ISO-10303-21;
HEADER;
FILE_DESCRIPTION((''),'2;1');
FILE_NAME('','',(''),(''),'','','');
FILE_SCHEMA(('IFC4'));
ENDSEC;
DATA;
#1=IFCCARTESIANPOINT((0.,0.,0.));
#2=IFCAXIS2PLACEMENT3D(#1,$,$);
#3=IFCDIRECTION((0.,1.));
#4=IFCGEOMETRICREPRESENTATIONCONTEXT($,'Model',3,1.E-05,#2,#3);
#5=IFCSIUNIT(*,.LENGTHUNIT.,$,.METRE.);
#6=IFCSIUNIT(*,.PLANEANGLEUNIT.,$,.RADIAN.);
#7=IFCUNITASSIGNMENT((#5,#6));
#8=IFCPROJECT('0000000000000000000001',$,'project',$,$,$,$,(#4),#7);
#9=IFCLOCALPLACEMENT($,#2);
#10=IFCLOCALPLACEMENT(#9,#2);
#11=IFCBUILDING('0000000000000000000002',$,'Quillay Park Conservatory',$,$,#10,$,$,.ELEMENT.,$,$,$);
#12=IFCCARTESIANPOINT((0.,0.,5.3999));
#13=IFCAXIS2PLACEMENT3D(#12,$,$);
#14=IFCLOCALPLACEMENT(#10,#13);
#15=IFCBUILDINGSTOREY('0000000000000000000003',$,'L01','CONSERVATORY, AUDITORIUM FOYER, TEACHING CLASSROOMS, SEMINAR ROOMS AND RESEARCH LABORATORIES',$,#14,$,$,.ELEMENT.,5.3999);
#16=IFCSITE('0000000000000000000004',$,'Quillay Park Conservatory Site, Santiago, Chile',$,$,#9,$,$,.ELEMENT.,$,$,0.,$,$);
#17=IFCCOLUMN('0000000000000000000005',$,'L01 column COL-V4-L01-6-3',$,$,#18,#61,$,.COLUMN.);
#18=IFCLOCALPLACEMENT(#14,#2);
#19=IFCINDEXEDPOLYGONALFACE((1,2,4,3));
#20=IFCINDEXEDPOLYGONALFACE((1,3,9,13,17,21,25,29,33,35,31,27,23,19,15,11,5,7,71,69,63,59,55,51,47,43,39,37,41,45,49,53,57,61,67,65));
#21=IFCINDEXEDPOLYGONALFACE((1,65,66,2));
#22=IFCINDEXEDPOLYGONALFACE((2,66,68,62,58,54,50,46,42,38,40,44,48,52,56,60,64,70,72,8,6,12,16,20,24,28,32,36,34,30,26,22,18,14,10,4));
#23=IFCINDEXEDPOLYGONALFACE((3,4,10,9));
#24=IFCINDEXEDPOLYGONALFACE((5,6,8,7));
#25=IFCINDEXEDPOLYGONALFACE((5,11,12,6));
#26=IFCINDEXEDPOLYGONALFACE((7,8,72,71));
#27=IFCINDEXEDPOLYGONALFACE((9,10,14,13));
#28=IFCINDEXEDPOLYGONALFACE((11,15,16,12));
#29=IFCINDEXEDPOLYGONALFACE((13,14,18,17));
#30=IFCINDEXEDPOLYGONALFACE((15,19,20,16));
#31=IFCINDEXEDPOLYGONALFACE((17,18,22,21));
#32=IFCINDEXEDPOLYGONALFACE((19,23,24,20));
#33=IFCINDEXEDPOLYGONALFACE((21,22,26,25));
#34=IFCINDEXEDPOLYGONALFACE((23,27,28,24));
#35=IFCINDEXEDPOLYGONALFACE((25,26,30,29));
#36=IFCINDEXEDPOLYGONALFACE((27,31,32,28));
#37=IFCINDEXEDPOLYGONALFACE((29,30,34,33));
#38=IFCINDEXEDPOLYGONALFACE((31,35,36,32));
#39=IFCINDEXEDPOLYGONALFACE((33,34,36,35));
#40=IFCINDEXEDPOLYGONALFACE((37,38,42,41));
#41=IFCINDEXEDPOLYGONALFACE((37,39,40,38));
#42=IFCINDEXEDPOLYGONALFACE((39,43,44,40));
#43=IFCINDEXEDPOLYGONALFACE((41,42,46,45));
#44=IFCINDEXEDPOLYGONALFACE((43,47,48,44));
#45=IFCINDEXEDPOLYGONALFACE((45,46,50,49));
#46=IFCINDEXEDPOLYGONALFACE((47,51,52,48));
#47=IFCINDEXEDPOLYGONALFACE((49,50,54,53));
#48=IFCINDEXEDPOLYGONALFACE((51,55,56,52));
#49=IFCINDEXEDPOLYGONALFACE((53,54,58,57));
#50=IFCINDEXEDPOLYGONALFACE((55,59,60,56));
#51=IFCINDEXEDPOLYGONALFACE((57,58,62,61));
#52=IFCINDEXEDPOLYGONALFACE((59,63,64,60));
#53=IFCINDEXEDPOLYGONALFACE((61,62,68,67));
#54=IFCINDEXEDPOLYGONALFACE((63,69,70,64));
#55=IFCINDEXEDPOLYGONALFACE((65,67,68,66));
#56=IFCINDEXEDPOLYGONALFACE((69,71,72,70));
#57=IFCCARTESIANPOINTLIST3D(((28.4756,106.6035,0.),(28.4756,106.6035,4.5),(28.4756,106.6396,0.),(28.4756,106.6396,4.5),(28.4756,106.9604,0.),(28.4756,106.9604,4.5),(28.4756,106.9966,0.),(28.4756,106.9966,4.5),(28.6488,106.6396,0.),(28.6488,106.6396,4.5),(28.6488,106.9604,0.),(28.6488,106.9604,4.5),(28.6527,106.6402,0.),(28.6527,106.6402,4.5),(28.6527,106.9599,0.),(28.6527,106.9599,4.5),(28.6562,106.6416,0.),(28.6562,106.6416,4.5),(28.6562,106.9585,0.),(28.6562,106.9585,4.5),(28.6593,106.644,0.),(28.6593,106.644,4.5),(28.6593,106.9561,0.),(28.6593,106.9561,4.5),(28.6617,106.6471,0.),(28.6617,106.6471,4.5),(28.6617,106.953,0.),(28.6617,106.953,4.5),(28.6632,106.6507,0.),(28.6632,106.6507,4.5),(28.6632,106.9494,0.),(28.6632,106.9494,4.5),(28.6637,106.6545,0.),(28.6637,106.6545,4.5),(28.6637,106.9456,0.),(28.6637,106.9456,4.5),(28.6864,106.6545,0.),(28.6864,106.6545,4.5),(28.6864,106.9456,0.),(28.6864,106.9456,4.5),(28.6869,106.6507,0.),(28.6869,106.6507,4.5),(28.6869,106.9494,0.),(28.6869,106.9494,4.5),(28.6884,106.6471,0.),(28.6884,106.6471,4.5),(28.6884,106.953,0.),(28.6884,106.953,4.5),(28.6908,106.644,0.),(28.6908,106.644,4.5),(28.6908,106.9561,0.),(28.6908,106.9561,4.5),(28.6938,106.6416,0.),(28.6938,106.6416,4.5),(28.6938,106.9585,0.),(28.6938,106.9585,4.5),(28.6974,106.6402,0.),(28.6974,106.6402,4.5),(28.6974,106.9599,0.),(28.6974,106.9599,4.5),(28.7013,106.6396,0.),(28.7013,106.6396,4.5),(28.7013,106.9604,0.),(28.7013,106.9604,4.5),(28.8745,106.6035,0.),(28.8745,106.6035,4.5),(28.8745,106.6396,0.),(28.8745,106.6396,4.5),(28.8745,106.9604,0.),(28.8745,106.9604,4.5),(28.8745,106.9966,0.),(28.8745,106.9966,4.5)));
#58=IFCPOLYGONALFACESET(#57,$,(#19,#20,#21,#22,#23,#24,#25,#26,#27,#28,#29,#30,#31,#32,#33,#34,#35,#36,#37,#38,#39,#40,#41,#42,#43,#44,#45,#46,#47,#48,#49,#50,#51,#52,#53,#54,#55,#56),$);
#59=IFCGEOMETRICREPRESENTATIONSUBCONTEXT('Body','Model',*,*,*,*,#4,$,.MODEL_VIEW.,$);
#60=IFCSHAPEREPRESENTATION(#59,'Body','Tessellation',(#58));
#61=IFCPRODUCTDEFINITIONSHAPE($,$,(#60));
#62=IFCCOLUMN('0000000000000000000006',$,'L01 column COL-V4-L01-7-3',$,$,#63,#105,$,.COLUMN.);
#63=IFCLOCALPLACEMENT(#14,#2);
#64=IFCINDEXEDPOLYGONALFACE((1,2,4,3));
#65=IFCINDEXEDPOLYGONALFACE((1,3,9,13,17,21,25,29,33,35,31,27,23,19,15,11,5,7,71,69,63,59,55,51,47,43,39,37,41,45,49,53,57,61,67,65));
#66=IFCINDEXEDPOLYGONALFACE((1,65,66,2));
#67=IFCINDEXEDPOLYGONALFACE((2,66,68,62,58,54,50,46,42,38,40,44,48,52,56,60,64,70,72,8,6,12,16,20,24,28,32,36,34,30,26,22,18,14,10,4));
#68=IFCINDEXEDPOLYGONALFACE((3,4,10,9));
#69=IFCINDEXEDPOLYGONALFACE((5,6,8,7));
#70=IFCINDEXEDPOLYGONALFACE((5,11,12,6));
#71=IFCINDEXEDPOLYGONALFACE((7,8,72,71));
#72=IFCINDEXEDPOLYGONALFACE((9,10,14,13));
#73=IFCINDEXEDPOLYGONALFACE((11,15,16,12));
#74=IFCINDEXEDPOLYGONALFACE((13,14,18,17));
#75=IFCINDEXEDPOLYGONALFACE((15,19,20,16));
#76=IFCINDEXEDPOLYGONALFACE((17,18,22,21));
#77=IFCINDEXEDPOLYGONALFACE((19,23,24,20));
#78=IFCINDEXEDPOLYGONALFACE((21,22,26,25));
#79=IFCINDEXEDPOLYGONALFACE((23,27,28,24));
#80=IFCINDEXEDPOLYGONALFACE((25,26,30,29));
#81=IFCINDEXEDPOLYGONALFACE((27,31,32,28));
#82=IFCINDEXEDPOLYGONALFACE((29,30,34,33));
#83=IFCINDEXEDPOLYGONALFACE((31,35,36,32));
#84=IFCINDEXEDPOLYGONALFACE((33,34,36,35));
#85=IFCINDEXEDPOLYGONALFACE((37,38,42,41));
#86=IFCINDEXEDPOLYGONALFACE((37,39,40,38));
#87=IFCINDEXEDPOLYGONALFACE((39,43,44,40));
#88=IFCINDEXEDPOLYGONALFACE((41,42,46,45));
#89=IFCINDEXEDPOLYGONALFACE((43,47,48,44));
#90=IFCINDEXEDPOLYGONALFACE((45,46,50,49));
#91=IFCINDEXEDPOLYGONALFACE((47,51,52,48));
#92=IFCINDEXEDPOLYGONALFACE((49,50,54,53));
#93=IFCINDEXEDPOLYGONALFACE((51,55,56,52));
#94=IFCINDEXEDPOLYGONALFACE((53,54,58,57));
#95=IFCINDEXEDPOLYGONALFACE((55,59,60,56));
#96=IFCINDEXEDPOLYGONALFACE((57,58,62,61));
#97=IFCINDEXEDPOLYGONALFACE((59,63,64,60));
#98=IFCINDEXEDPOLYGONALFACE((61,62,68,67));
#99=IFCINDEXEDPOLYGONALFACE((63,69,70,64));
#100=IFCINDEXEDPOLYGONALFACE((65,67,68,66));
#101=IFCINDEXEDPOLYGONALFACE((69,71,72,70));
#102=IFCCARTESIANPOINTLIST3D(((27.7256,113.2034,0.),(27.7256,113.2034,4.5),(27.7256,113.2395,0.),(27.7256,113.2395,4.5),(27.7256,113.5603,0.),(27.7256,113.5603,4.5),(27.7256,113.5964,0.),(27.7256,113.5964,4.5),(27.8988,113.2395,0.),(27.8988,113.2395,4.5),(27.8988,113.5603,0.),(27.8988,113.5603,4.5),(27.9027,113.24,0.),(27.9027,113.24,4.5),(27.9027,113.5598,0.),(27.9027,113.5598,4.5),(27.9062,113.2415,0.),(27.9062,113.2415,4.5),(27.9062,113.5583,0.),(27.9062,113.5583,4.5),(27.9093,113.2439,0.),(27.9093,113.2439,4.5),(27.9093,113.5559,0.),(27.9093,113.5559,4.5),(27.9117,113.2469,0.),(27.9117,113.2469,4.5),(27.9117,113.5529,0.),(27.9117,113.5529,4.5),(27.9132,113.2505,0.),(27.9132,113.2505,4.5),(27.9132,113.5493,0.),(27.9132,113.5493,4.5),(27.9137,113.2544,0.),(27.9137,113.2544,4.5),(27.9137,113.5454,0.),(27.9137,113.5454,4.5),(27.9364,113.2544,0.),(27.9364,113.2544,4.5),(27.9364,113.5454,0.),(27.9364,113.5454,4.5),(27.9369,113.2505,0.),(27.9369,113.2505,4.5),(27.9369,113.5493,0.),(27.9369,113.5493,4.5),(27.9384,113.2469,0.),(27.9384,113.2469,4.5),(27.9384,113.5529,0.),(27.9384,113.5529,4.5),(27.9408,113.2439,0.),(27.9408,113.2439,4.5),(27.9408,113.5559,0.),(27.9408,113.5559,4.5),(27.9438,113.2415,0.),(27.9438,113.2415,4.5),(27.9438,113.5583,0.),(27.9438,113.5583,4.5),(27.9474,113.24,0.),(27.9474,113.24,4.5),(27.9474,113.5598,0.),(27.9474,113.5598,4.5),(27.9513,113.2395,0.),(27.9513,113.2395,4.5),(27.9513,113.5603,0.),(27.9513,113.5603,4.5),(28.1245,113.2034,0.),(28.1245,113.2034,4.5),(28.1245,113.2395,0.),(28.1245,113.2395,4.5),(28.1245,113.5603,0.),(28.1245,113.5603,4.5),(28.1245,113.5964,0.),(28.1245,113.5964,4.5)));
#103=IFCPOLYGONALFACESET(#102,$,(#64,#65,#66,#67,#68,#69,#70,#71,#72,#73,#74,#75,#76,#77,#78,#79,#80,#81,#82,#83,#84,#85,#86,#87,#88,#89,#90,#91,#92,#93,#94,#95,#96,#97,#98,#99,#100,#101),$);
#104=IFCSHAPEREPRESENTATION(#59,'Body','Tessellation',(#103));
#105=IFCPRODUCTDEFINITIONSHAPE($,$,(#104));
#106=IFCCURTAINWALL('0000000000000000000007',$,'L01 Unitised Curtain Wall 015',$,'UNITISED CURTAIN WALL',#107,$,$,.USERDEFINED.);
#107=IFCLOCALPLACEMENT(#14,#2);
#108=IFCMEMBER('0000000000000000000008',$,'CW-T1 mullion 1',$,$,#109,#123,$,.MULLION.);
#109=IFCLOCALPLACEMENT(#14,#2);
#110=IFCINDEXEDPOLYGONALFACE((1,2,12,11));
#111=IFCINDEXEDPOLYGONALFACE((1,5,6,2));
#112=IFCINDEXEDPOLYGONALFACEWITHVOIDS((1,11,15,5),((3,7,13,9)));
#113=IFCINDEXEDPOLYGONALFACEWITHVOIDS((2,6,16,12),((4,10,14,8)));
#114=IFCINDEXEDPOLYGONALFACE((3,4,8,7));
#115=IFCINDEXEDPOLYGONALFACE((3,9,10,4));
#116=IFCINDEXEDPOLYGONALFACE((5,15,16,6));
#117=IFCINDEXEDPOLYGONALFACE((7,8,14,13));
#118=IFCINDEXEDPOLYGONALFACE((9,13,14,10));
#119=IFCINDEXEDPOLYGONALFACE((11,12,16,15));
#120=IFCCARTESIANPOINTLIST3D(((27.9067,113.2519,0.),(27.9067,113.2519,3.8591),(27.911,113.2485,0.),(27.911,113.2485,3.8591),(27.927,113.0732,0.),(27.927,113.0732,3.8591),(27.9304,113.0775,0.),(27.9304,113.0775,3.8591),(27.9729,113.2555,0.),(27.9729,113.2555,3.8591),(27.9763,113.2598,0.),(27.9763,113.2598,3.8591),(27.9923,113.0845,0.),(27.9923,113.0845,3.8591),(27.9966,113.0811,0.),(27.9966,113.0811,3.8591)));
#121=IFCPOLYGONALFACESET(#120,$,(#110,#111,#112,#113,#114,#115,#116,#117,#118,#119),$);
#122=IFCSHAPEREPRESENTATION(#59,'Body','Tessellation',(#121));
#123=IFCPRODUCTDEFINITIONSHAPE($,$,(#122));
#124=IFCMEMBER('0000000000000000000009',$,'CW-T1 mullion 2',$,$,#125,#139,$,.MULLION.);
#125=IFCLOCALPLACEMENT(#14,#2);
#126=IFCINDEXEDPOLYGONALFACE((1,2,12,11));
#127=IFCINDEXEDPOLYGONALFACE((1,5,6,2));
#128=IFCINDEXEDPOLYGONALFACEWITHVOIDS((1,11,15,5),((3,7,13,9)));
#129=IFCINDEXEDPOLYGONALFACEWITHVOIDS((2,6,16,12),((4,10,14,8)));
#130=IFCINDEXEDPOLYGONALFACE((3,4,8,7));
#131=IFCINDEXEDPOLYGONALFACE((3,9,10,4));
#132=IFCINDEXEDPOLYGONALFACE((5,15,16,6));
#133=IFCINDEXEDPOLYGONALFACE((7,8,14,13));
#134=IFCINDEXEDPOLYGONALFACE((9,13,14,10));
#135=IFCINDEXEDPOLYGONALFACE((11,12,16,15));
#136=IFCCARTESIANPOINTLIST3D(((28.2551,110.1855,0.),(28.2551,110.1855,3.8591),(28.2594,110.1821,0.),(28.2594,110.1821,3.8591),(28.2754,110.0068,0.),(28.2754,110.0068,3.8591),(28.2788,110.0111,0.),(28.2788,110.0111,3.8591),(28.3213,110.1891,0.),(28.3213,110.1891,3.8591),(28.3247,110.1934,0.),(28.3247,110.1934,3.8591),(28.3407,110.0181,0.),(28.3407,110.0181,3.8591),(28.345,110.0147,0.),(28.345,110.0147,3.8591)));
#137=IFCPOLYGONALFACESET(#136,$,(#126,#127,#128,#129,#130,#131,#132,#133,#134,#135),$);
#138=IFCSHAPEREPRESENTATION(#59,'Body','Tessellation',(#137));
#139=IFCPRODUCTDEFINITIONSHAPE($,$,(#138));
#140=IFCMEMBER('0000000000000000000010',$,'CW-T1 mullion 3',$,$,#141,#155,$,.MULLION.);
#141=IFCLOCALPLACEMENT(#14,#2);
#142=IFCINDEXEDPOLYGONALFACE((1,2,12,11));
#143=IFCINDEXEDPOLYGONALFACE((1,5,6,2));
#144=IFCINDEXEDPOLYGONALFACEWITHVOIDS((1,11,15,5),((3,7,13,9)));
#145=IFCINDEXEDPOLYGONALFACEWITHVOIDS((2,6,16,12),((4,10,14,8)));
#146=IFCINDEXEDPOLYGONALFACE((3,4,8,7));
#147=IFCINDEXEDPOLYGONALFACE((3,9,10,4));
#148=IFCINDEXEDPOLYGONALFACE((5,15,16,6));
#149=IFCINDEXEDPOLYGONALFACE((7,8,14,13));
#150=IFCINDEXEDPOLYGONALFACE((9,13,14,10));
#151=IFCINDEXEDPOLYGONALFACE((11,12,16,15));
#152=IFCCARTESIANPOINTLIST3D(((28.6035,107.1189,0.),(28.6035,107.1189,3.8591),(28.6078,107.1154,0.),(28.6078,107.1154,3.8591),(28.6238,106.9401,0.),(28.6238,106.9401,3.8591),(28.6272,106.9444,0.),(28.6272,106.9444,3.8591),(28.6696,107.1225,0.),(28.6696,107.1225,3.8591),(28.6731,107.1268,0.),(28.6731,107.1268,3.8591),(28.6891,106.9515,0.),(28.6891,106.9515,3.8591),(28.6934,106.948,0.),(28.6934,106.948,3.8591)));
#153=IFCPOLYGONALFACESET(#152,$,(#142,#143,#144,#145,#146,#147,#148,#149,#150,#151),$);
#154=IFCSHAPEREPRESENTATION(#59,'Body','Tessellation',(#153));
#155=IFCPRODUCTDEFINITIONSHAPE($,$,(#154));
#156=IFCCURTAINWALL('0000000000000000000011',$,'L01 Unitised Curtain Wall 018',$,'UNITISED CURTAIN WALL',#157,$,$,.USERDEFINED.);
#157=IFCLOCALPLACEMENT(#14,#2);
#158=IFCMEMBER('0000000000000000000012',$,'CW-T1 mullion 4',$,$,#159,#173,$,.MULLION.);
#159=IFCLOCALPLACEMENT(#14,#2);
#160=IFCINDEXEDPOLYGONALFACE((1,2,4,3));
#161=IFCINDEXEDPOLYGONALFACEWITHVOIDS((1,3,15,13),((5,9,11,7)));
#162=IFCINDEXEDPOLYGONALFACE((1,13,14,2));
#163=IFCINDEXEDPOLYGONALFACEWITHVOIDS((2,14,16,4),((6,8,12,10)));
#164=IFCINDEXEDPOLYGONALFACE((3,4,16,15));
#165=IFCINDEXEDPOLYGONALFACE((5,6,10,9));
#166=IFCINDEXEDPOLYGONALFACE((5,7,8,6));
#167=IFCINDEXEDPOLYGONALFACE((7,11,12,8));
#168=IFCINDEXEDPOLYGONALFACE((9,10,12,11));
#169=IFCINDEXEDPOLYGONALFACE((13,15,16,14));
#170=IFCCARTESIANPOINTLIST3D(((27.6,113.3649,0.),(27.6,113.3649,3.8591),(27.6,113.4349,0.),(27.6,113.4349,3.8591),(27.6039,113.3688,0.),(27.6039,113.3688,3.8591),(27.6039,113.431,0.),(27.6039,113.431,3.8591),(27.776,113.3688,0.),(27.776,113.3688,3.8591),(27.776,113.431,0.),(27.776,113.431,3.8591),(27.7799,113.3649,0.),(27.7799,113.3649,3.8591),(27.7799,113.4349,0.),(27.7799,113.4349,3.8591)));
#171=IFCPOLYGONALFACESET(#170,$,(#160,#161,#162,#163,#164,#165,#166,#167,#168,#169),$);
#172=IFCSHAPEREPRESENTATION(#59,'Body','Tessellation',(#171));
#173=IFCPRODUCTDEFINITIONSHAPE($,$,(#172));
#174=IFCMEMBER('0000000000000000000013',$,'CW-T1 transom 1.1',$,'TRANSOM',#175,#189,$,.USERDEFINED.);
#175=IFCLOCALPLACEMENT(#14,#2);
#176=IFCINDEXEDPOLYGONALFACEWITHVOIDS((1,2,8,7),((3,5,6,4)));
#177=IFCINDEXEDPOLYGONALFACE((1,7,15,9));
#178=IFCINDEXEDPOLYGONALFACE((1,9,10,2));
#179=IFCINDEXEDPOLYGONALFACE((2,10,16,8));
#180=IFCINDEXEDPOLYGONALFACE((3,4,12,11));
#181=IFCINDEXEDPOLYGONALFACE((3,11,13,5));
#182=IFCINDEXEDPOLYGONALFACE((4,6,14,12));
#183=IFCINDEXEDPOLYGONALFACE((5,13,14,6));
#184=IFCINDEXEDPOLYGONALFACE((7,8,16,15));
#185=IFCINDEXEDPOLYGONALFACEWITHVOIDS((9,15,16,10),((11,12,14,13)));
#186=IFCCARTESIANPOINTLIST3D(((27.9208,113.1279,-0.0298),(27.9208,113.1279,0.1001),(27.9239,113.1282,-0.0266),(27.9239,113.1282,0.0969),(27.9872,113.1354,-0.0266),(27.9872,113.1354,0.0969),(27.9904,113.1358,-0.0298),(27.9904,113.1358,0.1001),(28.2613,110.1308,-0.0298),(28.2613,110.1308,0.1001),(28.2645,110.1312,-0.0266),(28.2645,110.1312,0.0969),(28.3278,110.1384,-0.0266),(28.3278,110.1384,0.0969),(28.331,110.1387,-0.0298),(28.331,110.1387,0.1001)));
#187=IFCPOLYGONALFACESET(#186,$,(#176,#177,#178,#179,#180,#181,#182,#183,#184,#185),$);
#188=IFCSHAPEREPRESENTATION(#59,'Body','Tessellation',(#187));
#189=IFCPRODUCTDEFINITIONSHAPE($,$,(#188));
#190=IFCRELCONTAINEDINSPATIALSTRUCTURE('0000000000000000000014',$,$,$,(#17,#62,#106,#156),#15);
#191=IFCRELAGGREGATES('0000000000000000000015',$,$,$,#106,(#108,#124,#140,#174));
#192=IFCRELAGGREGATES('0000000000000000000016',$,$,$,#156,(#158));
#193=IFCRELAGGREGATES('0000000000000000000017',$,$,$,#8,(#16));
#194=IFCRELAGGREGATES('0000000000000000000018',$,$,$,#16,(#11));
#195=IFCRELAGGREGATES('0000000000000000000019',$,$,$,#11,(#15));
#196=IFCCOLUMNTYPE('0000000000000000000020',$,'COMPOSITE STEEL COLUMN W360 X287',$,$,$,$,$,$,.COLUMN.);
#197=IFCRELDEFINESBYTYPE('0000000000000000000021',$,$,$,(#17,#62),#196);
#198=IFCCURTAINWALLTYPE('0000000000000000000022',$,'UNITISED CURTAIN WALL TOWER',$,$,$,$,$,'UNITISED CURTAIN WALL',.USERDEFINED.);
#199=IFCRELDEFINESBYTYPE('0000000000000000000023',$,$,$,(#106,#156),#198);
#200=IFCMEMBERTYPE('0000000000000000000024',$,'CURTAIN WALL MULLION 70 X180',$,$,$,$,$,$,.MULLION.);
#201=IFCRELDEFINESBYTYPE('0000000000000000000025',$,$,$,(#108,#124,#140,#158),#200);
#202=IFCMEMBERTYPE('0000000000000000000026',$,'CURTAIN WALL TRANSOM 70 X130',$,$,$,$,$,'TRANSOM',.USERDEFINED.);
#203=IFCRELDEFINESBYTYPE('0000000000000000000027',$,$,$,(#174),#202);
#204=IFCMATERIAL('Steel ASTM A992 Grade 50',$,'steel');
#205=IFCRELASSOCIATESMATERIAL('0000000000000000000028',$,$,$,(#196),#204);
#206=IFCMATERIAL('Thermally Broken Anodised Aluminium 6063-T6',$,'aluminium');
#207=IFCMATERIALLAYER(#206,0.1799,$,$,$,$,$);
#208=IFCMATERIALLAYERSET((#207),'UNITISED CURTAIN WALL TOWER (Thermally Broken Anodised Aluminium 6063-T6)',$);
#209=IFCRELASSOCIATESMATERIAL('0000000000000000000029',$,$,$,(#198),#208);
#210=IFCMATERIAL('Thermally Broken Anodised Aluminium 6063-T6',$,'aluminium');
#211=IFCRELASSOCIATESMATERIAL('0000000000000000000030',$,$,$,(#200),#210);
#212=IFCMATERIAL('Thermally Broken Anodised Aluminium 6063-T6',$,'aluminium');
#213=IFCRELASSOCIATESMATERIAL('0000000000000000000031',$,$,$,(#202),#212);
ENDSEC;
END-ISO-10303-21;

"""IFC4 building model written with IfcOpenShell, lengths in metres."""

from ifc_helpers import new_model, si_unit, direction, frame, origin, origin_2d, place, context, subcontext, project, spatial, hollow_rectangle, i_section, extrude, material, layer, layer_set, material_profile, profile_set, type_object, element, aggregate, save


model = new_model("IFC4")

# Units and contexts
model_context = context("Model", 3, precision=1e-05, world=origin(), true_north=direction((0.0, 1.0)))
body_context = subcontext(model_context, "Body", "Model", "MODEL_VIEW")
ifc_project = project(units=[si_unit("LENGTHUNIT", "METRE"), si_unit("PLANEANGLEUNIT", "RADIAN")], contexts=[model_context])

# Site, building, storey
site_placement = place(None, origin())
site = spatial("IfcSite", under=ifc_project, at=site_placement, Name="Quillay Park Conservatory Site, Santiago, Chile", CompositionType="ELEMENT", RefElevation=0.0)
building_placement = place(site_placement, origin())
building = spatial("IfcBuilding", under=site, at=building_placement, Name="Quillay Park Conservatory", CompositionType="ELEMENT")
storey_placement = place(building_placement, frame((0.0, 0.0, 5.3999)))
storey = spatial("IfcBuildingStorey", under=building, at=storey_placement, Name="L01", Description="CONSERVATORY, AUDITORIUM FOYER, TEACHING CLASSROOMS, SEMINAR ROOMS AND RESEARCH LABORATORIES", CompositionType="ELEMENT", Elevation=5.3999)

# Columns
ifc_material_1 = material(Name="Steel ASTM A992 Grade 50", Category="steel")
ifc_material_profile_1 = material_profile(ifc_material_1, i_section(OverallWidth=0.3989, OverallDepth=0.3931, WebThickness=0.0227, FlangeThickness=0.0361, FilletRadius=0.0149, at=origin_2d()), Name="W360x287")
ifc_profile_set_1 = profile_set([ifc_material_profile_1], Name="Steel ASTM A992 Grade 50")
column_type = type_object("IfcColumnType", Name="COMPOSITE STEEL COLUMN W360 X287", PredefinedType="COLUMN", material=ifc_profile_set_1)
for number, where, z_axis, x_axis, name in (
    (1, (28.675, 106.8, 0.0), (0.0, 0.0, 1.0), (1.0, 0.0, 0.0), "L01 column COL-V4-L01-6-3"),
    (2, (27.925, 113.3999, 0.0), (0.0, 0.0, 1.0), (1.0, 0.0, 0.0), "L01 column COL-V4-L01-7-3"),
):
    element("IfcColumn", number, at=place(storey_placement, frame(where, z_axis=z_axis, x_axis=x_axis)), inside=storey, type_object=column_type, Name=name, PredefinedType="COLUMN", context=body_context, shape_type="SweptSolid", body=[
        extrude(i_section(OverallWidth=0.3989, OverallDepth=0.3931, WebThickness=0.0227, FlangeThickness=0.0361, FilletRadius=0.0149, at=origin_2d()), origin(), (0.0, 0.0, 1.0), 4.5),
    ])

# Curtain wall, members
ifc_material_2 = material(Name="Thermally Broken Anodised Aluminium 6063-T6", Category="aluminium")
ifc_layer_1 = layer(ifc_material_2, 0.1799)
ifc_layer_set_1 = layer_set([ifc_layer_1], Name="UNITISED CURTAIN WALL TOWER (Thermally Broken Anodised Aluminium 6063-T6)")
curtain_wall_type = type_object("IfcCurtainWallType", Name="UNITISED CURTAIN WALL TOWER", ElementType="UNITISED CURTAIN WALL", PredefinedType="USERDEFINED", material=ifc_layer_set_1)
curtain_wall_1_placement = place(storey_placement, origin())
curtain_wall_1 = element("IfcCurtainWall", 3, at=curtain_wall_1_placement, inside=storey, type_object=curtain_wall_type, Name="L01 Unitised Curtain Wall 015", ObjectType="UNITISED CURTAIN WALL", PredefinedType="USERDEFINED")
ifc_material_3 = material(Name="Thermally Broken Anodised Aluminium 6063-T6", Category="aluminium")
ifc_material_profile_2 = material_profile(ifc_material_3, hollow_rectangle(XDim=0.0701, YDim=0.1799, WallThickness=0.0039, at=origin_2d()), Name="AL70x180x4")
ifc_profile_set_2 = profile_set([ifc_material_profile_2], Name="Thermally Broken Anodised Aluminium 6063-T6")
member_type_1 = type_object("IfcMemberType", Name="CURTAIN WALL MULLION 70 X180", PredefinedType="MULLION", material=ifc_profile_set_2)
member_1_placement = place(storey_placement, frame((27.9517, 113.1665, 0.0), z_axis=(0.0, 0.0, 1.0), x_axis=(0.993606, 0.112903, 0.0)))
member_1 = element("IfcMember", 4, at=member_1_placement, type_object=member_type_1, Name="CW-T1 mullion 1", PredefinedType="MULLION", context=body_context, shape_type="SweptSolid", body=[
    extrude(hollow_rectangle(XDim=0.0701, YDim=0.1799, WallThickness=0.0039, at=origin_2d()), origin(), (0.0, 0.0, 1.0), 3.8591),
])
member_2_placement = place(storey_placement, frame((28.3, 110.1001, 0.0), z_axis=(0.0, 0.0, 1.0), x_axis=(0.993606, 0.112903, 0.0)))
member_2 = element("IfcMember", 5, at=member_2_placement, type_object=member_type_1, Name="CW-T1 mullion 2", PredefinedType="MULLION", context=body_context, shape_type="SweptSolid", body=[
    extrude(hollow_rectangle(XDim=0.0701, YDim=0.1799, WallThickness=0.0039, at=origin_2d()), origin(), (0.0, 0.0, 1.0), 3.8591),
])
member_3_placement = place(storey_placement, frame((28.6484, 107.0334, 0.0), z_axis=(0.0, 0.0, 1.0), x_axis=(0.993606, 0.112903, 0.0)))
member_3 = element("IfcMember", 6, at=member_3_placement, type_object=member_type_1, Name="CW-T1 mullion 3", PredefinedType="MULLION", context=body_context, shape_type="SweptSolid", body=[
    extrude(hollow_rectangle(XDim=0.0701, YDim=0.1799, WallThickness=0.0039, at=origin_2d()), origin(), (0.0, 0.0, 1.0), 3.8591),
])

# Curtain wall, member
curtain_wall_2_placement = place(storey_placement, origin())
curtain_wall_2 = element("IfcCurtainWall", 7, at=curtain_wall_2_placement, inside=storey, type_object=curtain_wall_type, Name="L01 Unitised Curtain Wall 018", ObjectType="UNITISED CURTAIN WALL", PredefinedType="USERDEFINED")
member_4_placement = place(storey_placement, frame((27.6899, 113.3999, 0.0), z_axis=(0.0, 0.0, 1.0), x_axis=(0.0, 1.0, 0.0)))
member_4 = element("IfcMember", 8, at=member_4_placement, type_object=member_type_1, Name="CW-T1 mullion 4", PredefinedType="MULLION", context=body_context, shape_type="SweptSolid", body=[
    extrude(hollow_rectangle(XDim=0.0701, YDim=0.1799, WallThickness=0.0039, at=origin_2d()), origin(), (0.0, 0.0, 1.0), 3.8591),
])

# Member
ifc_material_4 = material(Name="Thermally Broken Anodised Aluminium 6063-T6", Category="aluminium")
ifc_material_profile_3 = material_profile(ifc_material_4, hollow_rectangle(XDim=0.0701, YDim=0.1299, WallThickness=0.0032, at=origin_2d()), Name="AL70x130x3.2")
ifc_profile_set_3 = profile_set([ifc_material_profile_3], Name="Thermally Broken Anodised Aluminium 6063-T6")
member_type_2 = type_object("IfcMemberType", Name="CURTAIN WALL TRANSOM 70 X130", ElementType="TRANSOM", PredefinedType="USERDEFINED", material=ifc_profile_set_3)
member_5_placement = place(storey_placement, frame((27.9556, 113.1318, 0.0352), z_axis=(0.11291, -0.993605, 0.0), x_axis=(0.993605, 0.11291, 0.0)))
member_5 = element("IfcMember", 9, at=member_5_placement, type_object=member_type_2, Name="CW-T1 transom 1.1", ObjectType="TRANSOM", PredefinedType="USERDEFINED", context=body_context, shape_type="SweptSolid", body=[
    extrude(hollow_rectangle(XDim=0.0701, YDim=0.1299, WallThickness=0.0032, at=origin_2d()), origin(), (0.0, 0.0, 1.0), 3.0164),
])

aggregate(curtain_wall_1, [member_1, member_2, member_3, member_5])
aggregate(curtain_wall_2, [member_4])

save(model, "model.ifc")
